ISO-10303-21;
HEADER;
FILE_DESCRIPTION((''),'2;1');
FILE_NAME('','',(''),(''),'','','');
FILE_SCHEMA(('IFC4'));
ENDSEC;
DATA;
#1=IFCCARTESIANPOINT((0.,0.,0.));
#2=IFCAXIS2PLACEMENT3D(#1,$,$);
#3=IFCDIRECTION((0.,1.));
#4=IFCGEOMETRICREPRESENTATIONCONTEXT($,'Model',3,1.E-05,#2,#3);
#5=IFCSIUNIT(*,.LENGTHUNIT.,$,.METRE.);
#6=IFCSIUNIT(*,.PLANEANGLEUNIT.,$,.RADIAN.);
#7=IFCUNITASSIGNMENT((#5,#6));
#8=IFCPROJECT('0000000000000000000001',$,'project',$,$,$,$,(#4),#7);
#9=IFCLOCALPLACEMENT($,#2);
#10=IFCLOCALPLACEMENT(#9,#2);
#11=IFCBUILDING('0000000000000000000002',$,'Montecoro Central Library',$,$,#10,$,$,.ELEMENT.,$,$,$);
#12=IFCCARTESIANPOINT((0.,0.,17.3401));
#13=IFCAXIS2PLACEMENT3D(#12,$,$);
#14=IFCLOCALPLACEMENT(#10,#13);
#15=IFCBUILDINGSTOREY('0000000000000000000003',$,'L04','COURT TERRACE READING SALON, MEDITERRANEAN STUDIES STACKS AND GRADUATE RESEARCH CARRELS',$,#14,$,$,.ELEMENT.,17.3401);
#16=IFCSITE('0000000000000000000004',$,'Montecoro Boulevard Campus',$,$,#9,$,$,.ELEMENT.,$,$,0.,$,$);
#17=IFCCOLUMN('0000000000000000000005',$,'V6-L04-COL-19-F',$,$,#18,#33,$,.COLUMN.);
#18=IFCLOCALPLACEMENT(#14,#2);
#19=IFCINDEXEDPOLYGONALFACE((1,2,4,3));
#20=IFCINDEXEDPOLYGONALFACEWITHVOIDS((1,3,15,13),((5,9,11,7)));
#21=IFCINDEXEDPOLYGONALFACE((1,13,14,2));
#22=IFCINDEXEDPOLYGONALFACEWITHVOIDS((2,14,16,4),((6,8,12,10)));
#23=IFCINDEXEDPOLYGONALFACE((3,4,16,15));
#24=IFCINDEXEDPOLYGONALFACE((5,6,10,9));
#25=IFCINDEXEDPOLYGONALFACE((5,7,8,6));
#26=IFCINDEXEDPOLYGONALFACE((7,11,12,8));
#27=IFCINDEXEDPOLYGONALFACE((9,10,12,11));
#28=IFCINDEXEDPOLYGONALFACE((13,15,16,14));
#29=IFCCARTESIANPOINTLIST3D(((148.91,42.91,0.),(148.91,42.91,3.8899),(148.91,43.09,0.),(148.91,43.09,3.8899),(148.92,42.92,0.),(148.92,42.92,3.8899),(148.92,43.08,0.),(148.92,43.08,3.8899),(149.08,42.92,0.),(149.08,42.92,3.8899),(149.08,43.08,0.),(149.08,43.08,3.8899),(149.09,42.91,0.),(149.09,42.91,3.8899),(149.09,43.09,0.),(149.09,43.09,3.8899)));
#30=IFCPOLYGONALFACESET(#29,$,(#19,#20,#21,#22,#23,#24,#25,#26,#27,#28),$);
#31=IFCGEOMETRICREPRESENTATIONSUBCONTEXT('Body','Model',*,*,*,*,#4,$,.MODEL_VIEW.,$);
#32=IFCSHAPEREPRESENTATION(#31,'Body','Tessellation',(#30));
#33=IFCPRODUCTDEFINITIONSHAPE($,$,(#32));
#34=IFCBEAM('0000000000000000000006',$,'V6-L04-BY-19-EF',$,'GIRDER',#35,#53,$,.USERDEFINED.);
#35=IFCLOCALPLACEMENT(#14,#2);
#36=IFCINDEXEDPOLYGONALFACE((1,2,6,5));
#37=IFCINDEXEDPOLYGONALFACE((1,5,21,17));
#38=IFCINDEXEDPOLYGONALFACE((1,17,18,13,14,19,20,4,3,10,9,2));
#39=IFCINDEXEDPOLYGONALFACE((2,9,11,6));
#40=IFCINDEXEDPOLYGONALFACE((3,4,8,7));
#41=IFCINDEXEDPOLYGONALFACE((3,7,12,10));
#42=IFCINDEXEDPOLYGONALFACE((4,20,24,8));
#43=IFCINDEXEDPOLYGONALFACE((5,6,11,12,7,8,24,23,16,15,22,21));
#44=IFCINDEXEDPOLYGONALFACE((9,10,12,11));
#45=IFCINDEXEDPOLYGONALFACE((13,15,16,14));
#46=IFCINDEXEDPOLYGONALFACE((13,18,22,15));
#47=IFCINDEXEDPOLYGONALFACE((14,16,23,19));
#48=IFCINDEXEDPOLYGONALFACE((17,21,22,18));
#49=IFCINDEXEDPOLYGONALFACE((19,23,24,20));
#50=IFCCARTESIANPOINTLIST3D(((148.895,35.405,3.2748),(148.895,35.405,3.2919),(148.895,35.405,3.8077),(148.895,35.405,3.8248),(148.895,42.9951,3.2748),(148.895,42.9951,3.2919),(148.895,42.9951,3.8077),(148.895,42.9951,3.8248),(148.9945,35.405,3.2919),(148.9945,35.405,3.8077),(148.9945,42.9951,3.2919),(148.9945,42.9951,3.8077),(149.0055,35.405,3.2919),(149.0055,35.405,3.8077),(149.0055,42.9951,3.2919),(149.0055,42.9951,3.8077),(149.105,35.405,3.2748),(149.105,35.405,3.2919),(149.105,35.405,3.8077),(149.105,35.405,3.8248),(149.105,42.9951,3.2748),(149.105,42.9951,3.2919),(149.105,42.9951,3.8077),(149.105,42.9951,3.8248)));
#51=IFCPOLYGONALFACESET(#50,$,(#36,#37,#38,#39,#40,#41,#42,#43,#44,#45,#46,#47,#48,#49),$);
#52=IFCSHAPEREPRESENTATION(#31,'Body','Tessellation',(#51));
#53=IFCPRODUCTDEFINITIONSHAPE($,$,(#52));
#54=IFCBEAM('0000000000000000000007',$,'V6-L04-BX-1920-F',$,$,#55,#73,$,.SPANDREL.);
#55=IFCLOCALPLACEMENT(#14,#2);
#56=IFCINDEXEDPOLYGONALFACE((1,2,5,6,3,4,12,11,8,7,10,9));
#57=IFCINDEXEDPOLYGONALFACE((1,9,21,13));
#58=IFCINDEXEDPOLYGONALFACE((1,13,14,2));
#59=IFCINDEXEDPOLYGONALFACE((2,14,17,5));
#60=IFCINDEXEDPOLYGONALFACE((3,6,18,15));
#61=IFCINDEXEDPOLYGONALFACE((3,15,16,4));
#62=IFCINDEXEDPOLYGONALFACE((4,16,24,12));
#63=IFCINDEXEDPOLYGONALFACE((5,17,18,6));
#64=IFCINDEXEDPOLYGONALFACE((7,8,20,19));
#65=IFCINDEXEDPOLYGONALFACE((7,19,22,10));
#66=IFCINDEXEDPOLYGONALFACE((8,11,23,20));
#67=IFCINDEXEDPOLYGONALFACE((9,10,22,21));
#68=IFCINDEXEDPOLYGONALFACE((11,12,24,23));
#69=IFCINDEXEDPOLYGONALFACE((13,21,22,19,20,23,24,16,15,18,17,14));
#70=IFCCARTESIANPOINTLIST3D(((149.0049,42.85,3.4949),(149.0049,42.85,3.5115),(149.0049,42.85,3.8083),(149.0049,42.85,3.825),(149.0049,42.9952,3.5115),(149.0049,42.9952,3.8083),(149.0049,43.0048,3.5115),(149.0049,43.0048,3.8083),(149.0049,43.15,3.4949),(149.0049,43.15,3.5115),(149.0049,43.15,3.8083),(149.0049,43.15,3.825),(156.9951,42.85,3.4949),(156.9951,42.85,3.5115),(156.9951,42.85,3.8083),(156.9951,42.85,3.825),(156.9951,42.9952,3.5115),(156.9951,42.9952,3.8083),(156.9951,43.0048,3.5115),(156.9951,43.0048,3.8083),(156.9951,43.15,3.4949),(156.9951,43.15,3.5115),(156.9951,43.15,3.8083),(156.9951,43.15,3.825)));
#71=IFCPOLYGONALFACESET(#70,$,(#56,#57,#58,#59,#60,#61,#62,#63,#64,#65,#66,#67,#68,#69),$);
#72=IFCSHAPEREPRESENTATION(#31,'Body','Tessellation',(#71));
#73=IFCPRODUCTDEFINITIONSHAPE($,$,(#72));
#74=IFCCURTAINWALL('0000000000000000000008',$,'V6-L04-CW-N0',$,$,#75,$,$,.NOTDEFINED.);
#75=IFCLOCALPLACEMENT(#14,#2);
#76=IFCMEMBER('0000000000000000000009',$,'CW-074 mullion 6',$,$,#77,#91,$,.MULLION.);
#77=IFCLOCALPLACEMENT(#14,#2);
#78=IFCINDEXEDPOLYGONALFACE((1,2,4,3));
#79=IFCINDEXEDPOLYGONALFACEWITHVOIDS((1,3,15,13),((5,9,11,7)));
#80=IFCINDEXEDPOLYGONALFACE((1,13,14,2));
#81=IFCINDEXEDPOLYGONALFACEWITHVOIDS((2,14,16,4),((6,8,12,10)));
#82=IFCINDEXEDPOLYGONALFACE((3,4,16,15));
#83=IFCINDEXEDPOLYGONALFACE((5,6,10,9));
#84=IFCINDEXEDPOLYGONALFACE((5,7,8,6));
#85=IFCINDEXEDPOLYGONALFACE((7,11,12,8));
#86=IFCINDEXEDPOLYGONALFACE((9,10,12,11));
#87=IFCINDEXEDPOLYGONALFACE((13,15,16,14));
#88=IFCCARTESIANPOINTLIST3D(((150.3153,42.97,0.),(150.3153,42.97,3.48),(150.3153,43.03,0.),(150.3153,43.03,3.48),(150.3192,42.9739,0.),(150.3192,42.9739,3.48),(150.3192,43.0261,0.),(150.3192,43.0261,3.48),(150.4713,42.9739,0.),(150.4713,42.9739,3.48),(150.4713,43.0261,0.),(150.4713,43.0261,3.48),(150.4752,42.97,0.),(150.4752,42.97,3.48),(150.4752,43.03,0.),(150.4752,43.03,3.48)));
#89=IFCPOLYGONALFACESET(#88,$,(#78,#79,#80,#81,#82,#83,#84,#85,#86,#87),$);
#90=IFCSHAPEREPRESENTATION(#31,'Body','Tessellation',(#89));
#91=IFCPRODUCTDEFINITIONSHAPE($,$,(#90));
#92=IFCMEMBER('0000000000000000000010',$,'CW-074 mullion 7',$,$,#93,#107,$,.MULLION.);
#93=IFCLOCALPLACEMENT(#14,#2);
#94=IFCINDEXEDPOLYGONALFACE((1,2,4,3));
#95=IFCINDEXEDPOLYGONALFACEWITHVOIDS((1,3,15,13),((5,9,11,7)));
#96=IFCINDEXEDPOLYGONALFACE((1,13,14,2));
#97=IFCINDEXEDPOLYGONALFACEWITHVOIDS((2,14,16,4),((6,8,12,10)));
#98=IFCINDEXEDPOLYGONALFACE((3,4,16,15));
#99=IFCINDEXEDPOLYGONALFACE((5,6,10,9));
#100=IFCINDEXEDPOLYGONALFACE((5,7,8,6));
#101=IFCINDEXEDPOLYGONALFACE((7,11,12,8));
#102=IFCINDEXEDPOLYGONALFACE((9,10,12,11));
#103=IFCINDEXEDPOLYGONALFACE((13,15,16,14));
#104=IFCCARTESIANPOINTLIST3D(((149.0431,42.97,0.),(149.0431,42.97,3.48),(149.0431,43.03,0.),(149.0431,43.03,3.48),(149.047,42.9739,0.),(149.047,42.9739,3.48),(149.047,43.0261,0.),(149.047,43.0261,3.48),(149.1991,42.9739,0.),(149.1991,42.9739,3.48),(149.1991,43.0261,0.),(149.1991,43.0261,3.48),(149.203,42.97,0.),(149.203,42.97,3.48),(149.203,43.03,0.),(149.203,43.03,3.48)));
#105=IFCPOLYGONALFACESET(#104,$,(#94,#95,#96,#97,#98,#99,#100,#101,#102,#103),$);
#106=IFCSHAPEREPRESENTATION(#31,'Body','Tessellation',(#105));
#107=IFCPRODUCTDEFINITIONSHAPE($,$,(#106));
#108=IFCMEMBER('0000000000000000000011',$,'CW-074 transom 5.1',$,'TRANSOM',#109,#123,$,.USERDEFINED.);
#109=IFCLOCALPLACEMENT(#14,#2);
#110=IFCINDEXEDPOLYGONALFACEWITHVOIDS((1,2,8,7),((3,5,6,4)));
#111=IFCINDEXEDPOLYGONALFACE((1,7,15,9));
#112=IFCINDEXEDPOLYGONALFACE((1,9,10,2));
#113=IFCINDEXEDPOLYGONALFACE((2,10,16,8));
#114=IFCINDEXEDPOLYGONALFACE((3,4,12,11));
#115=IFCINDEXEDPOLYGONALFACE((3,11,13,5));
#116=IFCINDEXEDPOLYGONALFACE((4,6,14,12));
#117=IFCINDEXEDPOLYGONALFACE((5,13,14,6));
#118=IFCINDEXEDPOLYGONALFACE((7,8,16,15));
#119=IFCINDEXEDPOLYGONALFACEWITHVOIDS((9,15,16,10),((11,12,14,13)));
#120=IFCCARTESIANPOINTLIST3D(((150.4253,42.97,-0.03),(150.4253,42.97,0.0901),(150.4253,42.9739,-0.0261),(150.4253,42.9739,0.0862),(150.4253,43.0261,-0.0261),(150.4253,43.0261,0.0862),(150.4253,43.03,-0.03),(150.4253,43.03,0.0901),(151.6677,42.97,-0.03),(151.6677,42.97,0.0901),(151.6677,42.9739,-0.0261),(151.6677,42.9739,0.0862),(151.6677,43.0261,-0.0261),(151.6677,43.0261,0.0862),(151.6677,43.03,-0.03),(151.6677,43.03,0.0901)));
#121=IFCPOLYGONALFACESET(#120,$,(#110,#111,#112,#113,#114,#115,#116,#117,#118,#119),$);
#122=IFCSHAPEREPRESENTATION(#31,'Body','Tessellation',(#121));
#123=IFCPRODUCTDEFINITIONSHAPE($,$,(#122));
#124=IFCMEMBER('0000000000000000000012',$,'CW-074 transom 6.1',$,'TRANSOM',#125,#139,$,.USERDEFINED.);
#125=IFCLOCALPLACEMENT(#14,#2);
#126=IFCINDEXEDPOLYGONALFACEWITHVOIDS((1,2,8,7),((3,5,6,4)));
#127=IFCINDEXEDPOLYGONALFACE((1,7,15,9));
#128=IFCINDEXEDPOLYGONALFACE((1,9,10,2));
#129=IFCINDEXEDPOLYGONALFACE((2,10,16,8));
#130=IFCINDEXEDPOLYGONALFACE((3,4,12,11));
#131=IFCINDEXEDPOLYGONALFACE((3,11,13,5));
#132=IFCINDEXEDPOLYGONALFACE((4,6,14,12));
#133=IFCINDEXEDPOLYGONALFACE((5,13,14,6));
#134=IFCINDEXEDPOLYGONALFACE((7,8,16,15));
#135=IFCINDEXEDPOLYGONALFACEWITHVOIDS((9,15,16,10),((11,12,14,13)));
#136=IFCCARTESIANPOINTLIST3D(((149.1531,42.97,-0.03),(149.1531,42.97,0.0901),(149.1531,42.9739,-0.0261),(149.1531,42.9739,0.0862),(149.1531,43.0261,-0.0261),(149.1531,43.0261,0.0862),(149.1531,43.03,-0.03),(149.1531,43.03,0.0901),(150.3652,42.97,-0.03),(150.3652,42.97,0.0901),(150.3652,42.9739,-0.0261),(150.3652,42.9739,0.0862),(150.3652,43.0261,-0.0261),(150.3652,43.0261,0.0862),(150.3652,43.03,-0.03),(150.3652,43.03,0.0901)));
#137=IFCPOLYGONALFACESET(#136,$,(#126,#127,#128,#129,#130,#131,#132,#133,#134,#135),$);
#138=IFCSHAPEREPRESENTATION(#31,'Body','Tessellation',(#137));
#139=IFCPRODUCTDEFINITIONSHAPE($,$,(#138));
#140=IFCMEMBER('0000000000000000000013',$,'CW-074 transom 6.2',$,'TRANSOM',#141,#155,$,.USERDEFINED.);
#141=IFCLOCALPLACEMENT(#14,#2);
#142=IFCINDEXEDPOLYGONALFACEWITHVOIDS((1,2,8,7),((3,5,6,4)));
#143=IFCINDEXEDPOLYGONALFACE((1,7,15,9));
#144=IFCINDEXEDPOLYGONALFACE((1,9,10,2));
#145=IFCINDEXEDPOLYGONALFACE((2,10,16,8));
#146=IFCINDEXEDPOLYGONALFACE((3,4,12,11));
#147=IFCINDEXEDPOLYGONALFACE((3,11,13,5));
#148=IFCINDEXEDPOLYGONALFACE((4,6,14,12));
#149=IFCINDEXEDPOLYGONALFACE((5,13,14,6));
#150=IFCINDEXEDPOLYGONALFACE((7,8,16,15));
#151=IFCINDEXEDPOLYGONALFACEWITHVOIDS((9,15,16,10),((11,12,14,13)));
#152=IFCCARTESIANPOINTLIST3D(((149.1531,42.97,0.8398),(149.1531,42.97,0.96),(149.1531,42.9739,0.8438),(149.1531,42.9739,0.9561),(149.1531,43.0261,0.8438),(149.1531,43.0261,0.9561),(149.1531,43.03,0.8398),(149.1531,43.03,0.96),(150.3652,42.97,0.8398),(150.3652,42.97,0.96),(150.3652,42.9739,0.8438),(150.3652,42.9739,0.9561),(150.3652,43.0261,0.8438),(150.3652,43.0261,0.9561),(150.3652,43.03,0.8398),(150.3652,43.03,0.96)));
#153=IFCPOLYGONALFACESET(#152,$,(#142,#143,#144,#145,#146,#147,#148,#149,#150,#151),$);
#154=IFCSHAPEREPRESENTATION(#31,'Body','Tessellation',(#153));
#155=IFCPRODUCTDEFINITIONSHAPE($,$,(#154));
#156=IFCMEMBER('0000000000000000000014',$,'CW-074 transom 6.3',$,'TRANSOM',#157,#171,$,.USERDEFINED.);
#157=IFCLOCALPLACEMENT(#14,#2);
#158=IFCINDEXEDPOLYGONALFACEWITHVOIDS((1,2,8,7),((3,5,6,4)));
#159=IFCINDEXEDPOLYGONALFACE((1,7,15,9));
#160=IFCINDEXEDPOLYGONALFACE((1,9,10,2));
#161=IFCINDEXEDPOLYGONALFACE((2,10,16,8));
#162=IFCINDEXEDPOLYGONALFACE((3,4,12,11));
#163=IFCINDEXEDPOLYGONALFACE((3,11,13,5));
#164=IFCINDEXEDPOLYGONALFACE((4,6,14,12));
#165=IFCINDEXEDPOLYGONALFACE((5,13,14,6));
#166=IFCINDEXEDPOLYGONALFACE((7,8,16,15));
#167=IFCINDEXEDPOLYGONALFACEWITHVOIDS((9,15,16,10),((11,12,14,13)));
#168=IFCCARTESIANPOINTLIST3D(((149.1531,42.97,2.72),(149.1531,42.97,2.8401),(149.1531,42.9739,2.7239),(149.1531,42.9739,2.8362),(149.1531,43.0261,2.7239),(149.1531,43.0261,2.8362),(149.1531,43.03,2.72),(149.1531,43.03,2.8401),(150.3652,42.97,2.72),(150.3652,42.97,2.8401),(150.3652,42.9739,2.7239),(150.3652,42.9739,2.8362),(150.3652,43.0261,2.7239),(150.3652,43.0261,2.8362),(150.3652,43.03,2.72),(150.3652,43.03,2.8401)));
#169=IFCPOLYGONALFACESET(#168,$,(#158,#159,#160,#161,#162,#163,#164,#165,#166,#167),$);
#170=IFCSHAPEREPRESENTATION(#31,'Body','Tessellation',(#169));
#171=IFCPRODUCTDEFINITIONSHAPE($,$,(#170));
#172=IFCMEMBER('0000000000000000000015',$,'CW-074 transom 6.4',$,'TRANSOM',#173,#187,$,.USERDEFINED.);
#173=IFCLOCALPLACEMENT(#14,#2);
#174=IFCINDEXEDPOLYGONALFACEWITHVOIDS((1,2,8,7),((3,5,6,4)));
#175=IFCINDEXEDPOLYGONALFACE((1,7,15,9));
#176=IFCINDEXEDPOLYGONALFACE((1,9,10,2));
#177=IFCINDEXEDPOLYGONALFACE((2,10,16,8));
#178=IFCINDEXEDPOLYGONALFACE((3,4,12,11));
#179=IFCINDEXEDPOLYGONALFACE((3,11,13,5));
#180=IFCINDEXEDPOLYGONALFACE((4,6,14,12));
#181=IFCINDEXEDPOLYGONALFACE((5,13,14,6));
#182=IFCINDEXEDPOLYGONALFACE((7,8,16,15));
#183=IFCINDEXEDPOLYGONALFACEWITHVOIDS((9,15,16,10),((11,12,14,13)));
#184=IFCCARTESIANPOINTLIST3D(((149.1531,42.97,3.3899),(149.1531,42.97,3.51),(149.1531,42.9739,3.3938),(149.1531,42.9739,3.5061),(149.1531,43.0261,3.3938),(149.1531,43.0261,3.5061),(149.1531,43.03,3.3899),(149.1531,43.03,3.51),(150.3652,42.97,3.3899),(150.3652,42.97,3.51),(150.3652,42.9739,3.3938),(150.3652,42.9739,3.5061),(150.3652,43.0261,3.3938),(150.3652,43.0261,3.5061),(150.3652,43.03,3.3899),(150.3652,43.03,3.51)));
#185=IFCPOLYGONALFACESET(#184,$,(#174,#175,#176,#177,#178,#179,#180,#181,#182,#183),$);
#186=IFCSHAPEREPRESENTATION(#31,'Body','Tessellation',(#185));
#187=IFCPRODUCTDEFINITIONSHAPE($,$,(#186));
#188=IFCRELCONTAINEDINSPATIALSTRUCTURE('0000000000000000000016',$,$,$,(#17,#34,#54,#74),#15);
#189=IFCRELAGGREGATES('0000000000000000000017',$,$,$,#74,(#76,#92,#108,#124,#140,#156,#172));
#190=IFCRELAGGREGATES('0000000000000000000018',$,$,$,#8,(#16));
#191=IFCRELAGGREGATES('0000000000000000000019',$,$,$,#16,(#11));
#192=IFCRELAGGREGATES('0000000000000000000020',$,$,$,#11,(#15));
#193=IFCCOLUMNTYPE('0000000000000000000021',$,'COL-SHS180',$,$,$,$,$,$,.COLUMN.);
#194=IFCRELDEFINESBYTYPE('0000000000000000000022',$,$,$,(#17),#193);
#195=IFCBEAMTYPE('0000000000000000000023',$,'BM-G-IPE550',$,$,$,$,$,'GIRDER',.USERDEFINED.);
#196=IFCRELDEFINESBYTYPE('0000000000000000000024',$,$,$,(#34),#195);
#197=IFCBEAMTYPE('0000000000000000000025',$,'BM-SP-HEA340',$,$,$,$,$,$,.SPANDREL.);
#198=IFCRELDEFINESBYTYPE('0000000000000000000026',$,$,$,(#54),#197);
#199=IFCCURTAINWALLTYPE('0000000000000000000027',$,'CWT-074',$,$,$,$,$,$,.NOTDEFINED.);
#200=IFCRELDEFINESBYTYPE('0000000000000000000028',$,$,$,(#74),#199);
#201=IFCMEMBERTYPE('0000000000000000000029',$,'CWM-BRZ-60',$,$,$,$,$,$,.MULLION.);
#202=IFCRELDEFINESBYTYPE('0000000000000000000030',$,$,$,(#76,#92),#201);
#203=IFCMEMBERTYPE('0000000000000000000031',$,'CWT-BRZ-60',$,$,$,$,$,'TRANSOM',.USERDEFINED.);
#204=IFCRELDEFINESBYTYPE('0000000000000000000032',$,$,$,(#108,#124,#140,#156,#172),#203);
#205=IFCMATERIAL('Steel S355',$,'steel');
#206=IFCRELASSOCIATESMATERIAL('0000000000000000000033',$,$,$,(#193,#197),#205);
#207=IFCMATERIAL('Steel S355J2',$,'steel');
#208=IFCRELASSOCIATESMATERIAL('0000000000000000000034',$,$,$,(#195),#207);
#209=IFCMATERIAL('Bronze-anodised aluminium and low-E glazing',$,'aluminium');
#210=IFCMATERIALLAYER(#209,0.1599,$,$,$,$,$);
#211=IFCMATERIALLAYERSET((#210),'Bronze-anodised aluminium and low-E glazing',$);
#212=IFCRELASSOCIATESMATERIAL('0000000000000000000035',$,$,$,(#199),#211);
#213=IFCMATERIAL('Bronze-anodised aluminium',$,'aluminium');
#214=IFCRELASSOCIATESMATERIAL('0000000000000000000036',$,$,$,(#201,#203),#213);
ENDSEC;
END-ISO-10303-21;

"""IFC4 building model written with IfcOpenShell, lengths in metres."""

from ifc_helpers import new_model, si_unit, direction, frame, origin, origin_2d, place, context, subcontext, project, spatial, hollow_rectangle, i_section, extrude, material, layer, layer_set, material_profile, profile_set, type_object, element, aggregate, save


model = new_model("IFC4")

# Units and contexts
model_context = context("Model", 3, precision=1e-05, world=origin(), true_north=direction((0.0, 1.0)))
body_context = subcontext(model_context, "Body", "Model", "MODEL_VIEW")
ifc_project = project(units=[si_unit("LENGTHUNIT", "METRE"), si_unit("PLANEANGLEUNIT", "RADIAN")], contexts=[model_context])

# Site, building, storey
site_placement = place(None, origin())
site = spatial("IfcSite", under=ifc_project, at=site_placement, Name="Montecoro Boulevard Campus", CompositionType="ELEMENT", RefElevation=0.0)
building_placement = place(site_placement, origin())
building = spatial("IfcBuilding", under=site, at=building_placement, Name="Montecoro Central Library", CompositionType="ELEMENT")
storey_placement = place(building_placement, frame((0.0, 0.0, 17.3401)))
storey = spatial("IfcBuildingStorey", under=building, at=storey_placement, Name="L04", Description="COURT TERRACE READING SALON, MEDITERRANEAN STUDIES STACKS AND GRADUATE RESEARCH CARRELS", CompositionType="ELEMENT", Elevation=17.3401)

# Column
ifc_material_1 = material(Name="Steel S355", Category="steel")
ifc_material_profile_1 = material_profile(ifc_material_1, hollow_rectangle(XDim=0.1799, YDim=0.1799, WallThickness=0.01, at=origin_2d()), Name="SHS 180x180x10.0")
ifc_profile_set_1 = profile_set([ifc_material_profile_1], Name="Steel S355")
column_type = type_object("IfcColumnType", Name="COL-SHS180", PredefinedType="COLUMN", material=ifc_profile_set_1)
column_placement = place(storey_placement, frame((149.0, 43.0, 0.0), z_axis=(0.0, 0.0, 1.0), x_axis=(1.0, 0.0, 0.0)))
element("IfcColumn", 1, at=column_placement, inside=storey, type_object=column_type, Name="V6-L04-COL-19-F", PredefinedType="COLUMN", context=body_context, shape_type="SweptSolid", body=[
    extrude(hollow_rectangle(XDim=0.1799, YDim=0.1799, WallThickness=0.01, at=origin_2d()), origin(), (0.0, 0.0, 1.0), 3.8899),
])

# Beams
ifc_material_2 = material(Name="Steel S355J2", Category="steel")
ifc_material_profile_2 = material_profile(ifc_material_2, i_section(OverallWidth=0.21, OverallDepth=0.55, WebThickness=0.011, FlangeThickness=0.0171, at=origin_2d()), Name="IPE 550")
ifc_profile_set_2 = profile_set([ifc_material_profile_2], Name="Steel S355J2")
beam_type_1 = type_object("IfcBeamType", Name="BM-G-IPE550", ElementType="GIRDER", PredefinedType="USERDEFINED", material=ifc_profile_set_2)
beam_1_placement = place(storey_placement, frame((149.0, 35.405, 3.5498), z_axis=(0.0, 1.0, 0.0), x_axis=(-1.0, 0.0, 0.0)))
element("IfcBeam", 2, at=beam_1_placement, inside=storey, type_object=beam_type_1, Name="V6-L04-BY-19-EF", ObjectType="GIRDER", PredefinedType="USERDEFINED", context=body_context, shape_type="SweptSolid", body=[
    extrude(i_section(OverallWidth=0.21, OverallDepth=0.55, WebThickness=0.011, FlangeThickness=0.0171, at=origin_2d()), origin(), (0.0, 0.0, 1.0), 7.5901),
])
ifc_material_profile_3 = material_profile(ifc_material_1, i_section(OverallWidth=0.3, OverallDepth=0.3301, WebThickness=0.0095, FlangeThickness=0.0166, at=origin_2d()), Name="HEA 340")
ifc_profile_set_3 = profile_set([ifc_material_profile_3], Name="Steel S355")
beam_type_2 = type_object("IfcBeamType", Name="BM-SP-HEA340", PredefinedType="SPANDREL", material=ifc_profile_set_3)
beam_2_placement = place(storey_placement, frame((149.0049, 43.0, 3.6599), z_axis=(1.0, 0.0, 0.0), x_axis=(0.0, 1.0, 0.0)))
element("IfcBeam", 3, at=beam_2_placement, inside=storey, type_object=beam_type_2, Name="V6-L04-BX-1920-F", PredefinedType="SPANDREL", context=body_context, shape_type="SweptSolid", body=[
    extrude(i_section(OverallWidth=0.3, OverallDepth=0.3301, WebThickness=0.0095, FlangeThickness=0.0166, at=origin_2d()), origin(), (0.0, 0.0, 1.0), 7.9902),
])

# Curtain wall, members
ifc_material_3 = material(Name="Bronze-anodised aluminium and low-E glazing", Category="aluminium")
ifc_layer_1 = layer(ifc_material_3, 0.1599)
ifc_layer_set_1 = layer_set([ifc_layer_1], Name="Bronze-anodised aluminium and low-E glazing")
curtain_wall_type = type_object("IfcCurtainWallType", Name="CWT-074", PredefinedType="NOTDEFINED", material=ifc_layer_set_1)
curtain_wall_placement = place(storey_placement, origin())
curtain_wall = element("IfcCurtainWall", 4, at=curtain_wall_placement, inside=storey, type_object=curtain_wall_type, Name="V6-L04-CW-N0", PredefinedType="NOTDEFINED")
ifc_material_4 = material(Name="Bronze-anodised aluminium", Category="aluminium")
ifc_material_profile_4 = material_profile(ifc_material_4, hollow_rectangle(XDim=0.0601, YDim=0.1599, WallThickness=0.0039, at=origin_2d()), Name="CWM 160x60x4.0")
ifc_profile_set_4 = profile_set([ifc_material_profile_4], Name="Bronze-anodised aluminium")
member_type_1 = type_object("IfcMemberType", Name="CWM-BRZ-60", PredefinedType="MULLION", material=ifc_profile_set_4)
member_1_placement = place(storey_placement, frame((150.3953, 43.0, 0.0), z_axis=(0.0, 0.0, 1.0), x_axis=(0.0, -1.0, 0.0)))
member_1 = element("IfcMember", 5, at=member_1_placement, type_object=member_type_1, Name="CW-074 mullion 6", PredefinedType="MULLION", context=body_context, shape_type="SweptSolid", body=[
    extrude(hollow_rectangle(XDim=0.0601, YDim=0.1599, WallThickness=0.0039, at=origin_2d()), origin(), (0.0, 0.0, 1.0), 3.48),
])
member_2_placement = place(storey_placement, frame((149.123, 43.0, 0.0), z_axis=(0.0, 0.0, 1.0), x_axis=(0.0, -1.0, 0.0)))
member_2 = element("IfcMember", 6, at=member_2_placement, type_object=member_type_1, Name="CW-074 mullion 7", PredefinedType="MULLION", context=body_context, shape_type="SweptSolid", body=[
    extrude(hollow_rectangle(XDim=0.0601, YDim=0.1599, WallThickness=0.0039, at=origin_2d()), origin(), (0.0, 0.0, 1.0), 3.48),
])
ifc_material_profile_5 = material_profile(ifc_material_4, hollow_rectangle(XDim=0.0601, YDim=0.1201, WallThickness=0.0039, at=origin_2d()), Name="CWT 120x60x4.0")
ifc_profile_set_5 = profile_set([ifc_material_profile_5], Name="Bronze-anodised aluminium")
member_type_2 = type_object("IfcMemberType", Name="CWT-BRZ-60", ElementType="TRANSOM", PredefinedType="USERDEFINED", material=ifc_profile_set_5)
member_3_placement = place(storey_placement, frame((151.6677, 43.0, 0.03), z_axis=(-1.0, 0.0, 0.0), x_axis=(0.0, -1.0, 0.0)))
member_3 = element("IfcMember", 7, at=member_3_placement, type_object=member_type_2, Name="CW-074 transom 5.1", ObjectType="TRANSOM", PredefinedType="USERDEFINED", context=body_context, shape_type="SweptSolid", body=[
    extrude(hollow_rectangle(XDim=0.0601, YDim=0.1201, WallThickness=0.0039, at=origin_2d()), origin(), (0.0, 0.0, 1.0), 1.2424),
])
member_4_placement = place(storey_placement, frame((150.3652, 43.0, 0.03), z_axis=(-1.0, 0.0, 0.0), x_axis=(0.0, -1.0, 0.0)))
member_4 = element("IfcMember", 8, at=member_4_placement, type_object=member_type_2, Name="CW-074 transom 6.1", ObjectType="TRANSOM", PredefinedType="USERDEFINED", context=body_context, shape_type="SweptSolid", body=[
    extrude(hollow_rectangle(XDim=0.0601, YDim=0.1201, WallThickness=0.0039, at=origin_2d()), origin(), (0.0, 0.0, 1.0), 1.2122),
])
member_5_placement = place(storey_placement, frame((150.3652, 43.0, 0.8999), z_axis=(-1.0, 0.0, 0.0), x_axis=(0.0, -1.0, 0.0)))
member_5 = element("IfcMember", 9, at=member_5_placement, type_object=member_type_2, Name="CW-074 transom 6.2", ObjectType="TRANSOM", PredefinedType="USERDEFINED", context=body_context, shape_type="SweptSolid", body=[
    extrude(hollow_rectangle(XDim=0.0601, YDim=0.1201, WallThickness=0.0039, at=origin_2d()), origin(), (0.0, 0.0, 1.0), 1.2122),
])
member_6_placement = place(storey_placement, frame((150.3652, 43.0, 2.78), z_axis=(-1.0, 0.0, 0.0), x_axis=(0.0, -1.0, 0.0)))
member_6 = element("IfcMember", 10, at=member_6_placement, type_object=member_type_2, Name="CW-074 transom 6.3", ObjectType="TRANSOM", PredefinedType="USERDEFINED", context=body_context, shape_type="SweptSolid", body=[
    extrude(hollow_rectangle(XDim=0.0601, YDim=0.1201, WallThickness=0.0039, at=origin_2d()), origin(), (0.0, 0.0, 1.0), 1.2122),
])
member_7_placement = place(storey_placement, frame((150.3652, 43.0, 3.45), z_axis=(-1.0, 0.0, 0.0), x_axis=(0.0, -1.0, 0.0)))
member_7 = element("IfcMember", 11, at=member_7_placement, type_object=member_type_2, Name="CW-074 transom 6.4", ObjectType="TRANSOM", PredefinedType="USERDEFINED", context=body_context, shape_type="SweptSolid", body=[
    extrude(hollow_rectangle(XDim=0.0601, YDim=0.1201, WallThickness=0.0039, at=origin_2d()), origin(), (0.0, 0.0, 1.0), 1.2122),
])
aggregate(curtain_wall, [member_1, member_2, member_3, member_4, member_5, member_6, member_7])

save(model, "model.ifc")
